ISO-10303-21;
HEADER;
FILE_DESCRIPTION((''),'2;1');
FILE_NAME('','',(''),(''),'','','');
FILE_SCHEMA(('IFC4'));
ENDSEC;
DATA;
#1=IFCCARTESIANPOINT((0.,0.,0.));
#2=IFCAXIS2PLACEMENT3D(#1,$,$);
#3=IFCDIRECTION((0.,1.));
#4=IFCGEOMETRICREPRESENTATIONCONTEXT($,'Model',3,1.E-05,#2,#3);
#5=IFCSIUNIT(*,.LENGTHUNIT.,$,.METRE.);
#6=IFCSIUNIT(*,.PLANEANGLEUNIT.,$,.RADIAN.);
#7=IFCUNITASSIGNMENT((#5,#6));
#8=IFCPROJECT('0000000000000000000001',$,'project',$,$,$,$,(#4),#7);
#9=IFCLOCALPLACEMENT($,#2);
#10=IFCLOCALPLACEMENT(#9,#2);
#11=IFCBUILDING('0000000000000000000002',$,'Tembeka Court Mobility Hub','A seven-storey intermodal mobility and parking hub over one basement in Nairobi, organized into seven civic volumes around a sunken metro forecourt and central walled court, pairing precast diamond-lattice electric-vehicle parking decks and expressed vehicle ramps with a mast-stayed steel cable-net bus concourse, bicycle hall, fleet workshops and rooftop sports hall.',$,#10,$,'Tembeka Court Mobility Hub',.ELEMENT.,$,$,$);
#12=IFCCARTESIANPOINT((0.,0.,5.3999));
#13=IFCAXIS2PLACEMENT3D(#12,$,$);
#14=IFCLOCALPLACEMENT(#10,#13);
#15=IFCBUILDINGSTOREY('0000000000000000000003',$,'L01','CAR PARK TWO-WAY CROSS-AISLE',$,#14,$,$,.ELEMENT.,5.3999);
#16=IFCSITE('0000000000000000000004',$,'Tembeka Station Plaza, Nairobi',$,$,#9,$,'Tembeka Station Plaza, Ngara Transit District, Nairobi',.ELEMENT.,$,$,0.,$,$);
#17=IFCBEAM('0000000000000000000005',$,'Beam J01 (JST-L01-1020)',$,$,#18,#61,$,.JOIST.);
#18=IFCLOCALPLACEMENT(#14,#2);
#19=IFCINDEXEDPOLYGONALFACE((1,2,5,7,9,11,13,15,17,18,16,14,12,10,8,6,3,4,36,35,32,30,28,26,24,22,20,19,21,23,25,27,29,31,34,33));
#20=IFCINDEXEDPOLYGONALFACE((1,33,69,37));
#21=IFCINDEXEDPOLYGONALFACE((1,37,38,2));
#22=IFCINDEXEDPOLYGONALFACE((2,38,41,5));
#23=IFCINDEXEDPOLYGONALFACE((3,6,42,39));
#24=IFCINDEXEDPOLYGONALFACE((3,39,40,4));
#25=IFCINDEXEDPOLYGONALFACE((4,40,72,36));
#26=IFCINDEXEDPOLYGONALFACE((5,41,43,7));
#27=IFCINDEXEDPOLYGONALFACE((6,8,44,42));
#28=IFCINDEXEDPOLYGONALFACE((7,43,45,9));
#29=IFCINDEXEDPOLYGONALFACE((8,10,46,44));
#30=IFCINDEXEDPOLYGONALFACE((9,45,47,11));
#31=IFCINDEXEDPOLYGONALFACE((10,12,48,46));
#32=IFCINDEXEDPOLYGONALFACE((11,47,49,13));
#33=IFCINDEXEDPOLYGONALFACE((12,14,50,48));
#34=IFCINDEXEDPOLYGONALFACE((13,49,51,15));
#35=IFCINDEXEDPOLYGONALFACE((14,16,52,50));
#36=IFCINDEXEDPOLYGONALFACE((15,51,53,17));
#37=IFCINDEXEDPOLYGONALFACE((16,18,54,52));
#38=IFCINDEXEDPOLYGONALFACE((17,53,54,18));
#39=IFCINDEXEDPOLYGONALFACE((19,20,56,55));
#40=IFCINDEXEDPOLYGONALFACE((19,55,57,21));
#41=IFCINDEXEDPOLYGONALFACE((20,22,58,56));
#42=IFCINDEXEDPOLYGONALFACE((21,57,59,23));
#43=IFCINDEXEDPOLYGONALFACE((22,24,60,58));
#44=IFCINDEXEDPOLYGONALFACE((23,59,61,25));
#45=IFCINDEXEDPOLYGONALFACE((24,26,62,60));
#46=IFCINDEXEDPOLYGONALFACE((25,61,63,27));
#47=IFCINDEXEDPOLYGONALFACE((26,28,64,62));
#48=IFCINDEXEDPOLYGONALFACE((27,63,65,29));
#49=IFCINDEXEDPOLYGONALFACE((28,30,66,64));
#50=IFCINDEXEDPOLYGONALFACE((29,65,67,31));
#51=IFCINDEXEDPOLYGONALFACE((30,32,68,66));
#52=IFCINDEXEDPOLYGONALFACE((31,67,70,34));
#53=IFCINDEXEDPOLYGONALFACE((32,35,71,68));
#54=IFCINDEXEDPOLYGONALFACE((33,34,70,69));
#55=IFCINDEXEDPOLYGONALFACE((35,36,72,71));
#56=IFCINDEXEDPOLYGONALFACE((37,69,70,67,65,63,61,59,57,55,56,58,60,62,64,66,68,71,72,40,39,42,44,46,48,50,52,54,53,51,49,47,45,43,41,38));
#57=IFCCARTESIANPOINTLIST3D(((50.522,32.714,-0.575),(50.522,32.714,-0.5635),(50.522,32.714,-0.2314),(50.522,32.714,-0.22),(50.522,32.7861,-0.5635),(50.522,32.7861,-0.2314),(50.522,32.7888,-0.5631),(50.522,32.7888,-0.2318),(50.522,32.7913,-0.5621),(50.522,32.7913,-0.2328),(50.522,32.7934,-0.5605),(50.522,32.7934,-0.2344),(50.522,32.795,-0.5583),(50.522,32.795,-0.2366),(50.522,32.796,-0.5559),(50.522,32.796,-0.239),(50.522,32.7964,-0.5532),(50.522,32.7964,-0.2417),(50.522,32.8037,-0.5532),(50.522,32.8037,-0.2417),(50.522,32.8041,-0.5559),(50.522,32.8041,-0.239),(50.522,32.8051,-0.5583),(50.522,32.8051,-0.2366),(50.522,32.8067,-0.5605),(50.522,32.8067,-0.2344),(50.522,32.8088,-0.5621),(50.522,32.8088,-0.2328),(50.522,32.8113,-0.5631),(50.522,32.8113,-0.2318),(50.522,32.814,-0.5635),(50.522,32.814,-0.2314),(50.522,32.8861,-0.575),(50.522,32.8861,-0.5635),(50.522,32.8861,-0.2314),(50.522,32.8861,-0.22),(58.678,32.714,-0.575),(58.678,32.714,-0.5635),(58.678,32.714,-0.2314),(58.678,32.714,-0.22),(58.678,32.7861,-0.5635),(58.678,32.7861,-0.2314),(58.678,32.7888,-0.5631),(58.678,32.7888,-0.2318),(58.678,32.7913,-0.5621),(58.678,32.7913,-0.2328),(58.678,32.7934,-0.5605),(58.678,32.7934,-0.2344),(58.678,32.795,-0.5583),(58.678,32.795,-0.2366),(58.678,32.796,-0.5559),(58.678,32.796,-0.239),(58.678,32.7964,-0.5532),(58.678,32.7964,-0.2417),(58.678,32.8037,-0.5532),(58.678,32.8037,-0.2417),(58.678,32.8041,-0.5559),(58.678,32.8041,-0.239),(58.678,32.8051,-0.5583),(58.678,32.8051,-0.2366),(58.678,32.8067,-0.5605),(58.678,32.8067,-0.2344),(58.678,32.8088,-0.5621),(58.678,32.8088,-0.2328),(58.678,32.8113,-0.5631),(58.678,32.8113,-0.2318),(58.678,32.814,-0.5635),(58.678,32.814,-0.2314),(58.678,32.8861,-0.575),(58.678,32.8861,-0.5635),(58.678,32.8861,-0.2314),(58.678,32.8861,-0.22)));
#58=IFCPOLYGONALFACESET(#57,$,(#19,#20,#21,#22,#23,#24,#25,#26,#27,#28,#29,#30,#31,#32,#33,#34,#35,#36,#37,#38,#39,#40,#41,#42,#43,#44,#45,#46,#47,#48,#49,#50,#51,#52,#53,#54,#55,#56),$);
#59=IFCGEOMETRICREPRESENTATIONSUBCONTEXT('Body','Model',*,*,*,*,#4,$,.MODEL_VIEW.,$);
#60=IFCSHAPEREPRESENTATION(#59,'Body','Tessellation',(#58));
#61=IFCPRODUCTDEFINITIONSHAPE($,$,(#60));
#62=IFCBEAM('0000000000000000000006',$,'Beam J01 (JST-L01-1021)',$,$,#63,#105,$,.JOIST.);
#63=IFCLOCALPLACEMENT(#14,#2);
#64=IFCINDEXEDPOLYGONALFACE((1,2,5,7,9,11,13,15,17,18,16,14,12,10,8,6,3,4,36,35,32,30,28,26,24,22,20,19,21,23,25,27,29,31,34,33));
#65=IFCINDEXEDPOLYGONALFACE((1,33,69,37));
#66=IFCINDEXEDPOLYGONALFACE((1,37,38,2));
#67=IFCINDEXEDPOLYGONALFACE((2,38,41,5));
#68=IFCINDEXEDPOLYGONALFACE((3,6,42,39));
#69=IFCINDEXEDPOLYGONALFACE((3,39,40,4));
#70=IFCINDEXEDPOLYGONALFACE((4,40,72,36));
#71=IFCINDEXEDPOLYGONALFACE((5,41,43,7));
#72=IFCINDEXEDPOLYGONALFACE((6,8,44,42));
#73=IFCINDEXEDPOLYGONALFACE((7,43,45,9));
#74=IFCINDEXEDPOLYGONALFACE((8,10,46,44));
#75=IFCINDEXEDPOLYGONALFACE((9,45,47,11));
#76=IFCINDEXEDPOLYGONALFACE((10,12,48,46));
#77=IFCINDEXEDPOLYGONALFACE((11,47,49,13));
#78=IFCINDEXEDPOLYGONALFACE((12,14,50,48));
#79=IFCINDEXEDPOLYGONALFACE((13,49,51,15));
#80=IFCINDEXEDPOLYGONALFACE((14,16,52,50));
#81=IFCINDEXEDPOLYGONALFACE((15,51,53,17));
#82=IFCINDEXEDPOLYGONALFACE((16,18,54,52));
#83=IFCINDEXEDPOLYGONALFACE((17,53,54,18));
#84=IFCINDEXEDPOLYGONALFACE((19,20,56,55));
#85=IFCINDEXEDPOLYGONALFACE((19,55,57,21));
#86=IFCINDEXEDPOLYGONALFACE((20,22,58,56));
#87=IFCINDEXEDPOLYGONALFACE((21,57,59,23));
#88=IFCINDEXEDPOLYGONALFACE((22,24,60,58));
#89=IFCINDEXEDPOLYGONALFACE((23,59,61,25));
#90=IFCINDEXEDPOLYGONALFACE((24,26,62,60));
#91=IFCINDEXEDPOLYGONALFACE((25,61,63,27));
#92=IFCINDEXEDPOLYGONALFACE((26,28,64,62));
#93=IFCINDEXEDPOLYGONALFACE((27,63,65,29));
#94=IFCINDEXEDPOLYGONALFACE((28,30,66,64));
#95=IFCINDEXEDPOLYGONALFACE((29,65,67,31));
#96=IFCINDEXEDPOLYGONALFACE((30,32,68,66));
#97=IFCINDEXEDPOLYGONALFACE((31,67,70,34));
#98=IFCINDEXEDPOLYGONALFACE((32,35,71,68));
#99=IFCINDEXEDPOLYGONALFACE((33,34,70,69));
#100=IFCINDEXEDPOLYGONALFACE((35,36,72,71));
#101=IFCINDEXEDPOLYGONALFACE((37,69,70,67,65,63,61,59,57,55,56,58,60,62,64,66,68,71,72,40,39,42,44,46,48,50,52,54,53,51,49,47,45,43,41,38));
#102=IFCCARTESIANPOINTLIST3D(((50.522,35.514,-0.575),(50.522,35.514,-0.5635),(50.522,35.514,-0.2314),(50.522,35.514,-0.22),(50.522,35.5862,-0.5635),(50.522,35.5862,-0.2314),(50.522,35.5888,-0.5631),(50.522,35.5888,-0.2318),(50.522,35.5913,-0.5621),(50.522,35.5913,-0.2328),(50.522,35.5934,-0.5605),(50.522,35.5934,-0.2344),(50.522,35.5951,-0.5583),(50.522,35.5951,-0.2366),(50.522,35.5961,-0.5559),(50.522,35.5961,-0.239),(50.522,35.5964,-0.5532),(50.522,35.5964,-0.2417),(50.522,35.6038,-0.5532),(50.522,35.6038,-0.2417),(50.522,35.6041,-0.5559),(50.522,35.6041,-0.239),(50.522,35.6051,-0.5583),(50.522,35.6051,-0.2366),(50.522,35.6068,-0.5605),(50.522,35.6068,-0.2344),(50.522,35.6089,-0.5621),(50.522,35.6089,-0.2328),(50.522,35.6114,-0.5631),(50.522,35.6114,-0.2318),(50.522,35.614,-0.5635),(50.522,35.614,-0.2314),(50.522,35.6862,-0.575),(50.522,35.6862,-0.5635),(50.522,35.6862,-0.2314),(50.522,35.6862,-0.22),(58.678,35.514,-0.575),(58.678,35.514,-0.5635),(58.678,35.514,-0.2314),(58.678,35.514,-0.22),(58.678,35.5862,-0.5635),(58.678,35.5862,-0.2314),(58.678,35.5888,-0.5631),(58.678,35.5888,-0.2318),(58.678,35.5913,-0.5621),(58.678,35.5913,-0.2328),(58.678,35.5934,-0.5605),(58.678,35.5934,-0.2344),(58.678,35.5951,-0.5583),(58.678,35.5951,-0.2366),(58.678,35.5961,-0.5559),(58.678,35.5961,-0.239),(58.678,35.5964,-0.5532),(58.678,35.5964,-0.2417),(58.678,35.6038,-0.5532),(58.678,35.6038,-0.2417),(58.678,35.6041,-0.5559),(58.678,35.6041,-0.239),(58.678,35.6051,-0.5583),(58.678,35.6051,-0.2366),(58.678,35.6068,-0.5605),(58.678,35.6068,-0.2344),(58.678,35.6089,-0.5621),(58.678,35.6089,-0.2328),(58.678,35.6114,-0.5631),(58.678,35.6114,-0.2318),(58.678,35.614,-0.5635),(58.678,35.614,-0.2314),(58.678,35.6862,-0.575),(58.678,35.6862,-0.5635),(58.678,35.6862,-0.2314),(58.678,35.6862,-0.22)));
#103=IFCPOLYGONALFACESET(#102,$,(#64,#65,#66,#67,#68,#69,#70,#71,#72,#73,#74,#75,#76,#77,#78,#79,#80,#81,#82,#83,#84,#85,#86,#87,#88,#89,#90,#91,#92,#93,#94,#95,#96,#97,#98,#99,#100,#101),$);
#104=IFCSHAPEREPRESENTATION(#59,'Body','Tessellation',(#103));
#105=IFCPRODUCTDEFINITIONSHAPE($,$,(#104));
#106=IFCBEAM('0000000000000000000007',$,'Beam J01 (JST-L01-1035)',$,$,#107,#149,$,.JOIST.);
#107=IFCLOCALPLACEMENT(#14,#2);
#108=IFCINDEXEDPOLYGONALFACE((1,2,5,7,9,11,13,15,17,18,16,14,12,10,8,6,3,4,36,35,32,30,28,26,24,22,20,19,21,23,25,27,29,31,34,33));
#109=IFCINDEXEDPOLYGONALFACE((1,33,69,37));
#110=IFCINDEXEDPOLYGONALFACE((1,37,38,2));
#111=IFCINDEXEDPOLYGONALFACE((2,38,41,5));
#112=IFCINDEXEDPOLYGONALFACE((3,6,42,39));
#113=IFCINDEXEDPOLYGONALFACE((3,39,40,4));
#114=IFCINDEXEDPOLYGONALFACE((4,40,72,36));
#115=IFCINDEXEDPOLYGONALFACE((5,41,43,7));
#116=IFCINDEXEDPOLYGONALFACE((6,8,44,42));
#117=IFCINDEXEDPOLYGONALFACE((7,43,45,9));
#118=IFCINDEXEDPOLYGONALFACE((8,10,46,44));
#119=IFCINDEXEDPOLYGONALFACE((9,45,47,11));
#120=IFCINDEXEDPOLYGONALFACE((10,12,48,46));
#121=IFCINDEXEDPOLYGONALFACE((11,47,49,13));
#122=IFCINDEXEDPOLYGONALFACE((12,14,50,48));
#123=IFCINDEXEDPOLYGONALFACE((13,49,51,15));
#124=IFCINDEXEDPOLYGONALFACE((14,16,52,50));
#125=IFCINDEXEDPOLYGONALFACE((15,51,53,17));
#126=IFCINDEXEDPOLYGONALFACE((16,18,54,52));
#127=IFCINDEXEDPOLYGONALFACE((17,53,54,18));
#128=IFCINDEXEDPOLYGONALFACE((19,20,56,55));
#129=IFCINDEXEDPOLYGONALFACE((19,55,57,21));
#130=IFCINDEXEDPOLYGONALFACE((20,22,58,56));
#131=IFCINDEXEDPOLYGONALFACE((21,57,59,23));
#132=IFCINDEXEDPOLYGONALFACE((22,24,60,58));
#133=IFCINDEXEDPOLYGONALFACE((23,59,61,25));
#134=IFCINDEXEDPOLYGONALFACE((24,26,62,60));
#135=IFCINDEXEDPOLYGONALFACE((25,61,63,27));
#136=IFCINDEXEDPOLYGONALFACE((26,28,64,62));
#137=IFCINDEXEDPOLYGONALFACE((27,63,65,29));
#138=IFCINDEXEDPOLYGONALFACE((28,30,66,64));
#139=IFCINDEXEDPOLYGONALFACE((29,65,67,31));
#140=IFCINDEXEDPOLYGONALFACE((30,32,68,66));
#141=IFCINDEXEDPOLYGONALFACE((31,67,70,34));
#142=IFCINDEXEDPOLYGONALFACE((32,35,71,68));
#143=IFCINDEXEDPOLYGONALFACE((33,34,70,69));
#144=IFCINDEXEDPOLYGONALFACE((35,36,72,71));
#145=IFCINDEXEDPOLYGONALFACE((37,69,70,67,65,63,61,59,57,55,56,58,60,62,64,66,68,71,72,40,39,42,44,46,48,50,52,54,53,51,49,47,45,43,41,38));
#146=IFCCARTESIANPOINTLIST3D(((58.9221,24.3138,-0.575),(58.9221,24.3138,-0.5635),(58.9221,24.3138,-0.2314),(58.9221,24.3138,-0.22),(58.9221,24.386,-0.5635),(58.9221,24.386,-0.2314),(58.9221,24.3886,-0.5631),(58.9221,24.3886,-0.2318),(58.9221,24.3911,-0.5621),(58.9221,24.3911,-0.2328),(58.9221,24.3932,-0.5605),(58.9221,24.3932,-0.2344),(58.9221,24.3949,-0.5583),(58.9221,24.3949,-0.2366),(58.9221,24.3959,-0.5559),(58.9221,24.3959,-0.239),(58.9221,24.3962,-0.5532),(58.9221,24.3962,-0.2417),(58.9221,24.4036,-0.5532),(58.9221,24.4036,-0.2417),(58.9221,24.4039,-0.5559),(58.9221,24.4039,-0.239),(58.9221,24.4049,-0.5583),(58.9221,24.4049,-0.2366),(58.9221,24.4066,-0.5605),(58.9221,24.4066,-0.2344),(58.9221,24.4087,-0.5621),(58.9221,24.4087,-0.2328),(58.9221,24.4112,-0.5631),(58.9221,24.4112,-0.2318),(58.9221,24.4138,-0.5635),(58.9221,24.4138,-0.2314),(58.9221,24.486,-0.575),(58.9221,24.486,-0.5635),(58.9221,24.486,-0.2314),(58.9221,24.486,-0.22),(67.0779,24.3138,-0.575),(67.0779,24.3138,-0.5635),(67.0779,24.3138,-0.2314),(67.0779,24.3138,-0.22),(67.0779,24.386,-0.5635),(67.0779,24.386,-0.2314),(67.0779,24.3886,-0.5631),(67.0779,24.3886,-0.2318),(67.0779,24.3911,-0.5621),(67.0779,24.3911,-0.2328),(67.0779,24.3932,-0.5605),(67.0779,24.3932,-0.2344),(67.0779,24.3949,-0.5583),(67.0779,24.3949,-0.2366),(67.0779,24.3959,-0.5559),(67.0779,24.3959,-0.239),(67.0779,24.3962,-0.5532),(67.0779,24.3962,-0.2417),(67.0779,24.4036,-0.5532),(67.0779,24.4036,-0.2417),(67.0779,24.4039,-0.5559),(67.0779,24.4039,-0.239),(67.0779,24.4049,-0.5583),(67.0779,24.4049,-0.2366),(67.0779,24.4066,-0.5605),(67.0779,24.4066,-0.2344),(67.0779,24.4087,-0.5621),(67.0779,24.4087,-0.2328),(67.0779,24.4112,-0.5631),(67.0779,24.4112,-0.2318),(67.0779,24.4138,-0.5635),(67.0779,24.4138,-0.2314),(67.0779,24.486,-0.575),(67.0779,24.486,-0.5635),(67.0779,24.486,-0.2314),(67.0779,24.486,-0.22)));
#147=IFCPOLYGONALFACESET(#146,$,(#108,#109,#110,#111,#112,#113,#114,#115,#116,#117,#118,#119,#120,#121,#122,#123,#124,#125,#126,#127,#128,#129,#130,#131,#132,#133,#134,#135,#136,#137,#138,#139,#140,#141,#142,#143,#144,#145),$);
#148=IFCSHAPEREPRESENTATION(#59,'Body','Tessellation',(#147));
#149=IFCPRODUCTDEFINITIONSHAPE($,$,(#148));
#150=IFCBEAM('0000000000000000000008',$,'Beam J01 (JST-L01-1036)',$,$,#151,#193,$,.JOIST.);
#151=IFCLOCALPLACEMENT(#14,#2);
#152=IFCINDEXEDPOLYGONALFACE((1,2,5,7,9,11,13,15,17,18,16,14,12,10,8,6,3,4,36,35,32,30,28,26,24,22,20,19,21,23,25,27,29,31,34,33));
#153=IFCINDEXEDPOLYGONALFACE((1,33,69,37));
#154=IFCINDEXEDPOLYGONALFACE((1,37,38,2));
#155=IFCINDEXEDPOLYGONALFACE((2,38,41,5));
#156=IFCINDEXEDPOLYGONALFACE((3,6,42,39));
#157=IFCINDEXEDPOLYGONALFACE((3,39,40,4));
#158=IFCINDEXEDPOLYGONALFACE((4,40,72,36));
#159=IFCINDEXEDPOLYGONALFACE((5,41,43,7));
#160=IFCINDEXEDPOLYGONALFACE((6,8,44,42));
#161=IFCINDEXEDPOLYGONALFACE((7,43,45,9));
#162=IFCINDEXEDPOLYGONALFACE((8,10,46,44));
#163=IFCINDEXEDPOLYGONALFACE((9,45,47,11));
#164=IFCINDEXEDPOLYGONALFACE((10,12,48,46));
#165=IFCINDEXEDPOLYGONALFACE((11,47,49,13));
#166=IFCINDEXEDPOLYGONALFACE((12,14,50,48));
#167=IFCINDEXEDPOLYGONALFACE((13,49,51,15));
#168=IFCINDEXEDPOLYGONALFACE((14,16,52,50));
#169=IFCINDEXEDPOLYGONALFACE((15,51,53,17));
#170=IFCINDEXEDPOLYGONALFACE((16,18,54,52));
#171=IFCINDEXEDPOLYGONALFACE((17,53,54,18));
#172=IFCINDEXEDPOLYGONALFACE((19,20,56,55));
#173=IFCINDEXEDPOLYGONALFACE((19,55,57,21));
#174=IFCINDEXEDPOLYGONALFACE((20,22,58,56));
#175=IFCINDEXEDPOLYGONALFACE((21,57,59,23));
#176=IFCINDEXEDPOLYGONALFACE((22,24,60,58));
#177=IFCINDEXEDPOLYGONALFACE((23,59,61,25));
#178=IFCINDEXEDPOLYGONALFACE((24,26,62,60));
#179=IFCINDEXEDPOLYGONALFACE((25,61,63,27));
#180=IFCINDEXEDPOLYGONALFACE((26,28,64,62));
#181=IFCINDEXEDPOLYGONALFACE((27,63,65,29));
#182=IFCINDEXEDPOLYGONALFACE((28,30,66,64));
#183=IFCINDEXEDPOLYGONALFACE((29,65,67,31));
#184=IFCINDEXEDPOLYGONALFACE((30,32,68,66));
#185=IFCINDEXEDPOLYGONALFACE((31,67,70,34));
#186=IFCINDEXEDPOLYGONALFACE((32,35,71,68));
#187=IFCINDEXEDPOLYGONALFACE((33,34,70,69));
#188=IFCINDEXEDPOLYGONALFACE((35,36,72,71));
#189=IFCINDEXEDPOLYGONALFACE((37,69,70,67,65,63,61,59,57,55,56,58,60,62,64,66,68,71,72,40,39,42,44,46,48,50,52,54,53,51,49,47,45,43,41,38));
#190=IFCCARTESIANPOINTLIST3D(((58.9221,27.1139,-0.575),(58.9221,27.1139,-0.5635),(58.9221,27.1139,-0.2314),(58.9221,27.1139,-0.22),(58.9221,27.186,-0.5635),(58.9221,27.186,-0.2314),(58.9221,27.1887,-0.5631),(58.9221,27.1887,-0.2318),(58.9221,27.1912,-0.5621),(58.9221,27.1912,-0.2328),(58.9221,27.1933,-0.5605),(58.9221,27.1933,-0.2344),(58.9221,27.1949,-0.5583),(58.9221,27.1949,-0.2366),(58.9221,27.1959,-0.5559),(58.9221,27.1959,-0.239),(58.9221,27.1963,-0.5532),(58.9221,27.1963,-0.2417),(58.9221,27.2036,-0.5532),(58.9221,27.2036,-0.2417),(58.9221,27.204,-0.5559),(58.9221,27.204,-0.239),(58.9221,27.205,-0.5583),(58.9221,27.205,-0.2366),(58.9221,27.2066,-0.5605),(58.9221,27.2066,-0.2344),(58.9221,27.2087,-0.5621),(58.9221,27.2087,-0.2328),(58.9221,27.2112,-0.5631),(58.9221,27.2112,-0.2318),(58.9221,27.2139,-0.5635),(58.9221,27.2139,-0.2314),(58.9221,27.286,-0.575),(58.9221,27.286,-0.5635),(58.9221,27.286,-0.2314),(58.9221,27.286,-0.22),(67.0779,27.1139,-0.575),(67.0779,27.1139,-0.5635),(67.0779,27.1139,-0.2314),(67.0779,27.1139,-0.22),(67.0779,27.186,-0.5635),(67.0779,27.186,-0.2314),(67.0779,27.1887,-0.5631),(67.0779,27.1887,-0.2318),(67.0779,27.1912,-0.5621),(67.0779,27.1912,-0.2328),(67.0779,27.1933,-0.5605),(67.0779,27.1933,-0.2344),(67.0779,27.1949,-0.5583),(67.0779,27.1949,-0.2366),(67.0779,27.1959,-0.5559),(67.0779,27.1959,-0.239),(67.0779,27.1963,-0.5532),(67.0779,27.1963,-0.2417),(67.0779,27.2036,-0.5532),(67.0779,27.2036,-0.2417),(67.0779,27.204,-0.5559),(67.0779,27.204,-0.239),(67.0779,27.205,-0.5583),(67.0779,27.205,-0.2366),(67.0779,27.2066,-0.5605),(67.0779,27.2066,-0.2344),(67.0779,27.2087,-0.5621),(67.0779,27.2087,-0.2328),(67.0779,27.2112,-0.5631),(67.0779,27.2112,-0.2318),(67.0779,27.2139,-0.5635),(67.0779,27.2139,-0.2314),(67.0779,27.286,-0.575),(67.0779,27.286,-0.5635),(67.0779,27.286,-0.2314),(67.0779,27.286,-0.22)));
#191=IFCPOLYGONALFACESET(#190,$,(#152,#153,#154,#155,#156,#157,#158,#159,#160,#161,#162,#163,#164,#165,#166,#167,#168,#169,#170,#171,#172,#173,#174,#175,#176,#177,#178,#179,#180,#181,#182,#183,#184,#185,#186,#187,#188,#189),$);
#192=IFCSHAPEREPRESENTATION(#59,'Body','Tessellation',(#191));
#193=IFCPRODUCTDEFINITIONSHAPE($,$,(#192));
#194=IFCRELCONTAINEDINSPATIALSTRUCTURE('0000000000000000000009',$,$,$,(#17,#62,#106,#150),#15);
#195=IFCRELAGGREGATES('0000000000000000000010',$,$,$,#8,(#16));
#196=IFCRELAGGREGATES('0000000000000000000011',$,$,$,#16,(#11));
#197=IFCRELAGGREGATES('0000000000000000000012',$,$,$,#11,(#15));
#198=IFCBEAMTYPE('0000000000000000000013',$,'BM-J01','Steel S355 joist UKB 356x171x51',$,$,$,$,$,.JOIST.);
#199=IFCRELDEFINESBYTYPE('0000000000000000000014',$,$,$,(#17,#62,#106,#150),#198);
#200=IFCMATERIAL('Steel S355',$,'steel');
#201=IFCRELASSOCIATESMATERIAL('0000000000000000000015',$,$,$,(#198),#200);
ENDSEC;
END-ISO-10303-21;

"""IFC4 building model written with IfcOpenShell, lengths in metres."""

from ifc_helpers import new_model, si_unit, direction, frame, origin, origin_2d, place, context, subcontext, project, spatial, i_section, extrude, material, material_profile, profile_set, type_object, element, save


model = new_model("IFC4")

# Units and contexts
model_context = context("Model", 3, precision=1e-05, world=origin(), true_north=direction((0.0, 1.0)))
body_context = subcontext(model_context, "Body", "Model", "MODEL_VIEW")
ifc_project = project(units=[si_unit("LENGTHUNIT", "METRE"), si_unit("PLANEANGLEUNIT", "RADIAN")], contexts=[model_context])

# Site, building, storey
site_placement = place(None, origin())
site = spatial("IfcSite", under=ifc_project, at=site_placement, Name="Tembeka Station Plaza, Nairobi", LongName="Tembeka Station Plaza, Ngara Transit District, Nairobi", CompositionType="ELEMENT", RefElevation=0.0)
building_placement = place(site_placement, origin())
building = spatial("IfcBuilding", under=site, at=building_placement, Name="Tembeka Court Mobility Hub", Description="A seven-storey intermodal mobility and parking hub over one basement in Nairobi, organized into seven civic volumes around a sunken metro forecourt and central walled court, pairing precast diamond-lattice electric-vehicle parking decks and expressed vehicle ramps with a mast-stayed steel cable-net bus concourse, bicycle hall, fleet workshops and rooftop sports hall.", LongName="Tembeka Court Mobility Hub", CompositionType="ELEMENT")
storey_placement = place(building_placement, frame((0.0, 0.0, 5.3999)))
storey = spatial("IfcBuildingStorey", under=building, at=storey_placement, Name="L01", Description="CAR PARK TWO-WAY CROSS-AISLE", CompositionType="ELEMENT", Elevation=5.3999)

# Shared definitions
ifc_material_1 = material(Name="Steel S355", Category="steel")

# Beams
ifc_material_profile_1 = material_profile(ifc_material_1, i_section(OverallWidth=0.1721, OverallDepth=0.355, WebThickness=0.0073, FlangeThickness=0.0115, FilletRadius=0.0103, at=origin_2d()), Name="UKB 356x171x51")
ifc_profile_set_1 = profile_set([ifc_material_profile_1], Name="Steel S355")
beam_type_1 = type_object("IfcBeamType", Name="BM-J01", Description="Steel S355 joist UKB 356x171x51", PredefinedType="JOIST", material=ifc_profile_set_1)
for number, where, z_axis, x_axis, name in (
    (1, (50.522, 32.8, -0.3975), (1.0, 0.0, 0.0), (0.0, 1.0, 0.0), "Beam J01 (JST-L01-1020)"),
    (2, (50.522, 35.6001, -0.3975), (1.0, 0.0, 0.0), (0.0, 1.0, 0.0), "Beam J01 (JST-L01-1021)"),
):
    element("IfcBeam", number, at=place(storey_placement, frame(where, z_axis=z_axis, x_axis=x_axis)), inside=storey, type_object=beam_type_1, Name=name, PredefinedType="JOIST", context=body_context, shape_type="SweptSolid", body=[
        extrude(i_section(OverallWidth=0.1721, OverallDepth=0.355, WebThickness=0.0073, FlangeThickness=0.0115, FilletRadius=0.0103, at=origin_2d()), origin(), (0.0, 0.0, 1.0), 8.156),
    ])
for number, where, z_axis, x_axis, name in (
    (3, (58.9221, 24.3999, -0.3975), (1.0, 0.0, 0.0), (0.0, 1.0, 0.0), "Beam J01 (JST-L01-1035)"),
    (4, (58.9221, 27.2, -0.3975), (1.0, 0.0, 0.0), (0.0, 1.0, 0.0), "Beam J01 (JST-L01-1036)"),
):
    element("IfcBeam", number, at=place(storey_placement, frame(where, z_axis=z_axis, x_axis=x_axis)), inside=storey, type_object=beam_type_1, Name=name, PredefinedType="JOIST", context=body_context, shape_type="SweptSolid", body=[
        extrude(i_section(OverallWidth=0.1721, OverallDepth=0.355, WebThickness=0.0073, FlangeThickness=0.0115, FilletRadius=0.0103, at=origin_2d()), origin(), (0.0, 0.0, 1.0), 8.1558),
    ])

save(model, "model.ifc")
